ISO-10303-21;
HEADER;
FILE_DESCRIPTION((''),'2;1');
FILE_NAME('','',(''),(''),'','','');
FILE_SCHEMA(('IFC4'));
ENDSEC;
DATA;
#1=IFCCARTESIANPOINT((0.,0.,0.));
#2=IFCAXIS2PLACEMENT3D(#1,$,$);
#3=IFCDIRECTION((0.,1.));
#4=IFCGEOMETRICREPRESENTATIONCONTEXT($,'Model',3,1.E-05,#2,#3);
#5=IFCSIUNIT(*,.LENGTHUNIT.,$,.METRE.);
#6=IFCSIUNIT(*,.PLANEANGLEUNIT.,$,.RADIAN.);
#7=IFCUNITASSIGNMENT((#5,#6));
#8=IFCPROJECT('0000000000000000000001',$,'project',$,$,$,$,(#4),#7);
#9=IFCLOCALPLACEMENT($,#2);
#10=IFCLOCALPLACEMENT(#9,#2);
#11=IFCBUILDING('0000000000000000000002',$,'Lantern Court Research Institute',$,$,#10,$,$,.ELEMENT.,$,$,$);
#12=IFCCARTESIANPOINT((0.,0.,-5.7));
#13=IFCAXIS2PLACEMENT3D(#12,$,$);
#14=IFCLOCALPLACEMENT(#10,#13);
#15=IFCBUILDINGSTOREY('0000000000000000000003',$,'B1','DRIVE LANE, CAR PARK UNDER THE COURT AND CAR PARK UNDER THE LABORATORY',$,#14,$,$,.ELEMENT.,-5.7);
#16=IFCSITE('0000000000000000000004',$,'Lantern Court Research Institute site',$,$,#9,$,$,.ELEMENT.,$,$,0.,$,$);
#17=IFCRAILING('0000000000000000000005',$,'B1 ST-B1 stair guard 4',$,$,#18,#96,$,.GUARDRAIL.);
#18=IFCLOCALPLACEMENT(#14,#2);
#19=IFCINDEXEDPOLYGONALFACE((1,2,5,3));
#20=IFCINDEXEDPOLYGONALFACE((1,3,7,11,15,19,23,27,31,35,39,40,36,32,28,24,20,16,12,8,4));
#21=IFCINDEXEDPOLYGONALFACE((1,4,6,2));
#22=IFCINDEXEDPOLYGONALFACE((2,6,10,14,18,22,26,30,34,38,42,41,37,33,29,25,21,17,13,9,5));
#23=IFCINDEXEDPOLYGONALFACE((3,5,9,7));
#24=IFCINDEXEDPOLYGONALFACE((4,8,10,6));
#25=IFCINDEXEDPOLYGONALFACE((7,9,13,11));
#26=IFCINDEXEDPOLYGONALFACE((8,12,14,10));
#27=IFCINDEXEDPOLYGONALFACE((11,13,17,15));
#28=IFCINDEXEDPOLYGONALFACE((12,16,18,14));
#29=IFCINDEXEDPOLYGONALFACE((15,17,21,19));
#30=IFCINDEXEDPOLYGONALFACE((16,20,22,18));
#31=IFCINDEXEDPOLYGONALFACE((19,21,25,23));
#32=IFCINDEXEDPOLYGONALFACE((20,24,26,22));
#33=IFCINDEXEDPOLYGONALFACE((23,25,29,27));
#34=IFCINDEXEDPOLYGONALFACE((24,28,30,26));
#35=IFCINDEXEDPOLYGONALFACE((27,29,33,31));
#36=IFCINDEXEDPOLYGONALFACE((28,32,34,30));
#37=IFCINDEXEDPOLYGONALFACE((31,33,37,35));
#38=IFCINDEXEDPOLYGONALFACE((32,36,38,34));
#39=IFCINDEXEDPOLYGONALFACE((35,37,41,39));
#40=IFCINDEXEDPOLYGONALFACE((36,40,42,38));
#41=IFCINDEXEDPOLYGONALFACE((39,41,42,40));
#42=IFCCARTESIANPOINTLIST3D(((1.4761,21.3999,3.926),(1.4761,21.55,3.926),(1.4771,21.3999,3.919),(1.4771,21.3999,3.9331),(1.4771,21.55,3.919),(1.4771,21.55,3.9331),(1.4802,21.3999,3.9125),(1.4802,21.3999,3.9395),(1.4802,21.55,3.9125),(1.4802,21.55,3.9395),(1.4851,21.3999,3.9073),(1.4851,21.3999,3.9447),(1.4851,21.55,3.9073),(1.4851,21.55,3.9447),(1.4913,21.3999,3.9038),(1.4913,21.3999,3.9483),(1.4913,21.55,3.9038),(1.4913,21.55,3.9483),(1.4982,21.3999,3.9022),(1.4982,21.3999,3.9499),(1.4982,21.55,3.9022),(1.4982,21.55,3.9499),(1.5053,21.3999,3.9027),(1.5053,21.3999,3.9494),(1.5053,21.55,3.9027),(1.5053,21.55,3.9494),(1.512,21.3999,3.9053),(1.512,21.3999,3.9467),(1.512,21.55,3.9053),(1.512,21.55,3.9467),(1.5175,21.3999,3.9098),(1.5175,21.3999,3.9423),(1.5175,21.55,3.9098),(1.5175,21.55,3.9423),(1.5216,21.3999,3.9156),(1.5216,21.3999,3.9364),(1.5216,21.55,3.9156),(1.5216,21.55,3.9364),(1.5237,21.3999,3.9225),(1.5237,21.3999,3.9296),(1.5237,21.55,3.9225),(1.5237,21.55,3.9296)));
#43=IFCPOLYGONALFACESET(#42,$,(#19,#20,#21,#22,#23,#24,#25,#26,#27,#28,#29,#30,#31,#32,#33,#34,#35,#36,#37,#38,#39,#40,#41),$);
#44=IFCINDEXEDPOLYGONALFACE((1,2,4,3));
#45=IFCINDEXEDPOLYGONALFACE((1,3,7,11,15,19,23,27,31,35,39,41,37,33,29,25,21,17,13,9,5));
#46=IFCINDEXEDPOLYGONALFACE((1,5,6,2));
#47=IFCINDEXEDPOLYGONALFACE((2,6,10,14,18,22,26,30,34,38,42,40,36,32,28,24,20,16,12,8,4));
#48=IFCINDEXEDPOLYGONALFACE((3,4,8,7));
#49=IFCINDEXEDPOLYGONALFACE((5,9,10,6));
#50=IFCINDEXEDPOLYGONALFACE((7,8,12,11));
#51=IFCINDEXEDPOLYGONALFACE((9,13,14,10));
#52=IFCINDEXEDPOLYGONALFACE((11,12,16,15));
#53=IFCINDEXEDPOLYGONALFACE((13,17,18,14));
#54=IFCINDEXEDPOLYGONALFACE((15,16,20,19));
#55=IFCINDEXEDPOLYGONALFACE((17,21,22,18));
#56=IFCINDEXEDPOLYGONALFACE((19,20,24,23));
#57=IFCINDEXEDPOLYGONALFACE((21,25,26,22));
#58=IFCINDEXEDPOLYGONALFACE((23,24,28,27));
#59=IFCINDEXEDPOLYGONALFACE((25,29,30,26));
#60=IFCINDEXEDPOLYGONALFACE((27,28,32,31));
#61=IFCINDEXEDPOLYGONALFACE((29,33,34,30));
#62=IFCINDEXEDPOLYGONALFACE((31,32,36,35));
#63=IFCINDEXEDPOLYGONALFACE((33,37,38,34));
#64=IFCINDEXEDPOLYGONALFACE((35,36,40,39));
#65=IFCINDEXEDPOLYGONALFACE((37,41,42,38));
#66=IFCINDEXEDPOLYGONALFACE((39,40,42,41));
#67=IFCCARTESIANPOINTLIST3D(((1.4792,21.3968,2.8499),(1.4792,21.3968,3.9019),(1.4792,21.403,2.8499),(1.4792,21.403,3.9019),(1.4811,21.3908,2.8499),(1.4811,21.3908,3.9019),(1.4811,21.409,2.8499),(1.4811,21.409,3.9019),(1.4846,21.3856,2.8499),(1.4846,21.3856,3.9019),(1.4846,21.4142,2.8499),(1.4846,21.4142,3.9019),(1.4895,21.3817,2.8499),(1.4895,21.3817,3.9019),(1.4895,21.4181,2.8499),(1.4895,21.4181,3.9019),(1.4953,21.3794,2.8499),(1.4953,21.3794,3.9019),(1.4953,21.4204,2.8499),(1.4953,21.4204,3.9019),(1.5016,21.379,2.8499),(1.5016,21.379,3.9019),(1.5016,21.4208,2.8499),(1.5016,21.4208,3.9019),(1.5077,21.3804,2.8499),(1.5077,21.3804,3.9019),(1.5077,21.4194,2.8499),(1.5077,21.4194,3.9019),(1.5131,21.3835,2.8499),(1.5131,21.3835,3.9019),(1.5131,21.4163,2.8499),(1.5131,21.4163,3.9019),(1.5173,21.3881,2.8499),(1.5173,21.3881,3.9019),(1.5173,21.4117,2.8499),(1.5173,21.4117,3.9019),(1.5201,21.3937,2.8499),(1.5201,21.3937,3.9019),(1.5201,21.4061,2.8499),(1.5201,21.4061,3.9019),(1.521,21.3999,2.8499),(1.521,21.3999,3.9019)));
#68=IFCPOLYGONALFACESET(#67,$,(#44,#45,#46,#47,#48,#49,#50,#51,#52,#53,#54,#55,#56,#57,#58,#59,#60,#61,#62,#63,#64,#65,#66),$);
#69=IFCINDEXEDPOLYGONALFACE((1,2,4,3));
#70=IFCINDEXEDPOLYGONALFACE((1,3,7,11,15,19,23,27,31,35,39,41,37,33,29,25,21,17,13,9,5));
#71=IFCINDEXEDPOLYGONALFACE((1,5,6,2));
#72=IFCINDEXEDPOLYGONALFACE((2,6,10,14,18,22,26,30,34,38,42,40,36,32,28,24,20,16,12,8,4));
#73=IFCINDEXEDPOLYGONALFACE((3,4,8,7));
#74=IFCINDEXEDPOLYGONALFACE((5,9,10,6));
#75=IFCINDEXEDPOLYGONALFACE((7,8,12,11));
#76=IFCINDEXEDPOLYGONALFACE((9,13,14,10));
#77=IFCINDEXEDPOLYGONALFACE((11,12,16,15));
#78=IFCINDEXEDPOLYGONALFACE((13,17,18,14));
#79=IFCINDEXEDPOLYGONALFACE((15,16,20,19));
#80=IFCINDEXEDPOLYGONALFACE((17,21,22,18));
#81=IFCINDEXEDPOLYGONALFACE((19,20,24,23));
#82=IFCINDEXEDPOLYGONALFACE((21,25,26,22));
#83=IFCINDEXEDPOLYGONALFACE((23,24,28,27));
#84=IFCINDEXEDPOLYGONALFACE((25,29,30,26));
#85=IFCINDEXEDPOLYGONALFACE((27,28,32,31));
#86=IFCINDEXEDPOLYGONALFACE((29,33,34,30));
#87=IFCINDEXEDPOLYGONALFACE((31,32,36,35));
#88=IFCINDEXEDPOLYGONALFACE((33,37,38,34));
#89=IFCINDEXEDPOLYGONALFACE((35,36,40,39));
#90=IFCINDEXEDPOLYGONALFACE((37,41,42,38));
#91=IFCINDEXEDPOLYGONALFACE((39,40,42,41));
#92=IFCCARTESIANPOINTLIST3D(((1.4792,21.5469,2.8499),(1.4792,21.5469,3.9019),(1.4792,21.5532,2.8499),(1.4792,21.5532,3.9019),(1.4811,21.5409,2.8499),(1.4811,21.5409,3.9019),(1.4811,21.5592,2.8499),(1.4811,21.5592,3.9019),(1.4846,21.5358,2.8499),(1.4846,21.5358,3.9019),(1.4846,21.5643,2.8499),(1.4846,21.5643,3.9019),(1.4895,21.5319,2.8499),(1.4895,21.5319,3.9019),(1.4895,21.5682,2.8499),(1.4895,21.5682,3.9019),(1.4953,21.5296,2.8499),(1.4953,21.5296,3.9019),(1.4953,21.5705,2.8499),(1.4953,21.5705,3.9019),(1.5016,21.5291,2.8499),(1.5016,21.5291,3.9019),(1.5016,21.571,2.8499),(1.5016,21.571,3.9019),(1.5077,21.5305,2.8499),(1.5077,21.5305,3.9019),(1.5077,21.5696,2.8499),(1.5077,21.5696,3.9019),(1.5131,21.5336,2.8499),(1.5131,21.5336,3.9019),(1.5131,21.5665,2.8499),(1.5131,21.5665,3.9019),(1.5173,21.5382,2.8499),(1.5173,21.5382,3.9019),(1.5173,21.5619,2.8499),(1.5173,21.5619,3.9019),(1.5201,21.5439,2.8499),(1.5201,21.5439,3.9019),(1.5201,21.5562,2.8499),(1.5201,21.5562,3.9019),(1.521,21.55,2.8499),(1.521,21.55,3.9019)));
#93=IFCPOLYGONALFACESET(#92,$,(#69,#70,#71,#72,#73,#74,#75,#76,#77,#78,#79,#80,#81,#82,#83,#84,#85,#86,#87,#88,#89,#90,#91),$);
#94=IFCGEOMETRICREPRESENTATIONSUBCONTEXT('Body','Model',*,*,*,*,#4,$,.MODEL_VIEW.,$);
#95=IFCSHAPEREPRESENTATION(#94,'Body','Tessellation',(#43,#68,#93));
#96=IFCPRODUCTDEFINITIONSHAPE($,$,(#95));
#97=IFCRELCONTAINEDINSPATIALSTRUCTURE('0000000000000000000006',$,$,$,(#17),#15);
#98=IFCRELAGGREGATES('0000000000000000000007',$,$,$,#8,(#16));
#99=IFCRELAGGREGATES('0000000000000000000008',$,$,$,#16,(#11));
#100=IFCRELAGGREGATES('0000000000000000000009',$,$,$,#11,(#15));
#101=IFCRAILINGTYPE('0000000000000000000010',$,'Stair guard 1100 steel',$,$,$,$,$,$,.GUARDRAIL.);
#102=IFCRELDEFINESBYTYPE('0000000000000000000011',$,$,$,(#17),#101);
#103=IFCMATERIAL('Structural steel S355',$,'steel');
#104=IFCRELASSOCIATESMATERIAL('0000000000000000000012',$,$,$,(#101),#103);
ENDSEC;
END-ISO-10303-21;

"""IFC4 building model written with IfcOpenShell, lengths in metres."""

from ifc_helpers import new_model, si_unit, direction, frame, origin, origin_2d, place, context, subcontext, project, spatial, circle, extrude, material, type_object, element, save


model = new_model("IFC4")

# Units and contexts
model_context = context("Model", 3, precision=1e-05, world=origin(), true_north=direction((0.0, 1.0)))
body_context = subcontext(model_context, "Body", "Model", "MODEL_VIEW")
ifc_project = project(units=[si_unit("LENGTHUNIT", "METRE"), si_unit("PLANEANGLEUNIT", "RADIAN")], contexts=[model_context])

# Site, building, storey
site_placement = place(None, origin())
site = spatial("IfcSite", under=ifc_project, at=site_placement, Name="Lantern Court Research Institute site", CompositionType="ELEMENT", RefElevation=0.0)
building_placement = place(site_placement, origin())
building = spatial("IfcBuilding", under=site, at=building_placement, Name="Lantern Court Research Institute", CompositionType="ELEMENT")
storey_placement = place(building_placement, frame((0.0, 0.0, -5.7)))
storey = spatial("IfcBuildingStorey", under=building, at=storey_placement, Name="B1", Description="DRIVE LANE, CAR PARK UNDER THE COURT AND CAR PARK UNDER THE LABORATORY", CompositionType="ELEMENT", Elevation=-5.7)

# Railing
ifc_material_1 = material(Name="Structural steel S355", Category="steel")
railing_type_1 = type_object("IfcRailingType", Name="Stair guard 1100 steel", PredefinedType="GUARDRAIL", material=ifc_material_1)
railing_1_placement = place(storey_placement, frame((1.5, 21.3999, 2.8499)))
element("IfcRailing", 1, at=railing_1_placement, inside=storey, type_object=railing_type_1, Name="B1 ST-B1 stair guard 4", PredefinedType="GUARDRAIL", context=body_context, shape_type="SweptSolid", body=[
    extrude(circle(Radius=0.0239, at=origin_2d()), frame((0.0, 0.0, 1.0762), z_axis=(0.0, 1.0, 0.0), x_axis=(-1.0, 0.0, 0.0)), (0.0, 0.0, 1.0), 0.1501),
    extrude(circle(Radius=0.021, at=origin_2d()), origin(), (0.0, 0.0, 1.0), 1.052),
    extrude(circle(Radius=0.021, at=origin_2d()), frame((0.0, 0.1501, 0.0)), (0.0, 0.0, 1.0), 1.052),
])

save(model, "model.ifc")
